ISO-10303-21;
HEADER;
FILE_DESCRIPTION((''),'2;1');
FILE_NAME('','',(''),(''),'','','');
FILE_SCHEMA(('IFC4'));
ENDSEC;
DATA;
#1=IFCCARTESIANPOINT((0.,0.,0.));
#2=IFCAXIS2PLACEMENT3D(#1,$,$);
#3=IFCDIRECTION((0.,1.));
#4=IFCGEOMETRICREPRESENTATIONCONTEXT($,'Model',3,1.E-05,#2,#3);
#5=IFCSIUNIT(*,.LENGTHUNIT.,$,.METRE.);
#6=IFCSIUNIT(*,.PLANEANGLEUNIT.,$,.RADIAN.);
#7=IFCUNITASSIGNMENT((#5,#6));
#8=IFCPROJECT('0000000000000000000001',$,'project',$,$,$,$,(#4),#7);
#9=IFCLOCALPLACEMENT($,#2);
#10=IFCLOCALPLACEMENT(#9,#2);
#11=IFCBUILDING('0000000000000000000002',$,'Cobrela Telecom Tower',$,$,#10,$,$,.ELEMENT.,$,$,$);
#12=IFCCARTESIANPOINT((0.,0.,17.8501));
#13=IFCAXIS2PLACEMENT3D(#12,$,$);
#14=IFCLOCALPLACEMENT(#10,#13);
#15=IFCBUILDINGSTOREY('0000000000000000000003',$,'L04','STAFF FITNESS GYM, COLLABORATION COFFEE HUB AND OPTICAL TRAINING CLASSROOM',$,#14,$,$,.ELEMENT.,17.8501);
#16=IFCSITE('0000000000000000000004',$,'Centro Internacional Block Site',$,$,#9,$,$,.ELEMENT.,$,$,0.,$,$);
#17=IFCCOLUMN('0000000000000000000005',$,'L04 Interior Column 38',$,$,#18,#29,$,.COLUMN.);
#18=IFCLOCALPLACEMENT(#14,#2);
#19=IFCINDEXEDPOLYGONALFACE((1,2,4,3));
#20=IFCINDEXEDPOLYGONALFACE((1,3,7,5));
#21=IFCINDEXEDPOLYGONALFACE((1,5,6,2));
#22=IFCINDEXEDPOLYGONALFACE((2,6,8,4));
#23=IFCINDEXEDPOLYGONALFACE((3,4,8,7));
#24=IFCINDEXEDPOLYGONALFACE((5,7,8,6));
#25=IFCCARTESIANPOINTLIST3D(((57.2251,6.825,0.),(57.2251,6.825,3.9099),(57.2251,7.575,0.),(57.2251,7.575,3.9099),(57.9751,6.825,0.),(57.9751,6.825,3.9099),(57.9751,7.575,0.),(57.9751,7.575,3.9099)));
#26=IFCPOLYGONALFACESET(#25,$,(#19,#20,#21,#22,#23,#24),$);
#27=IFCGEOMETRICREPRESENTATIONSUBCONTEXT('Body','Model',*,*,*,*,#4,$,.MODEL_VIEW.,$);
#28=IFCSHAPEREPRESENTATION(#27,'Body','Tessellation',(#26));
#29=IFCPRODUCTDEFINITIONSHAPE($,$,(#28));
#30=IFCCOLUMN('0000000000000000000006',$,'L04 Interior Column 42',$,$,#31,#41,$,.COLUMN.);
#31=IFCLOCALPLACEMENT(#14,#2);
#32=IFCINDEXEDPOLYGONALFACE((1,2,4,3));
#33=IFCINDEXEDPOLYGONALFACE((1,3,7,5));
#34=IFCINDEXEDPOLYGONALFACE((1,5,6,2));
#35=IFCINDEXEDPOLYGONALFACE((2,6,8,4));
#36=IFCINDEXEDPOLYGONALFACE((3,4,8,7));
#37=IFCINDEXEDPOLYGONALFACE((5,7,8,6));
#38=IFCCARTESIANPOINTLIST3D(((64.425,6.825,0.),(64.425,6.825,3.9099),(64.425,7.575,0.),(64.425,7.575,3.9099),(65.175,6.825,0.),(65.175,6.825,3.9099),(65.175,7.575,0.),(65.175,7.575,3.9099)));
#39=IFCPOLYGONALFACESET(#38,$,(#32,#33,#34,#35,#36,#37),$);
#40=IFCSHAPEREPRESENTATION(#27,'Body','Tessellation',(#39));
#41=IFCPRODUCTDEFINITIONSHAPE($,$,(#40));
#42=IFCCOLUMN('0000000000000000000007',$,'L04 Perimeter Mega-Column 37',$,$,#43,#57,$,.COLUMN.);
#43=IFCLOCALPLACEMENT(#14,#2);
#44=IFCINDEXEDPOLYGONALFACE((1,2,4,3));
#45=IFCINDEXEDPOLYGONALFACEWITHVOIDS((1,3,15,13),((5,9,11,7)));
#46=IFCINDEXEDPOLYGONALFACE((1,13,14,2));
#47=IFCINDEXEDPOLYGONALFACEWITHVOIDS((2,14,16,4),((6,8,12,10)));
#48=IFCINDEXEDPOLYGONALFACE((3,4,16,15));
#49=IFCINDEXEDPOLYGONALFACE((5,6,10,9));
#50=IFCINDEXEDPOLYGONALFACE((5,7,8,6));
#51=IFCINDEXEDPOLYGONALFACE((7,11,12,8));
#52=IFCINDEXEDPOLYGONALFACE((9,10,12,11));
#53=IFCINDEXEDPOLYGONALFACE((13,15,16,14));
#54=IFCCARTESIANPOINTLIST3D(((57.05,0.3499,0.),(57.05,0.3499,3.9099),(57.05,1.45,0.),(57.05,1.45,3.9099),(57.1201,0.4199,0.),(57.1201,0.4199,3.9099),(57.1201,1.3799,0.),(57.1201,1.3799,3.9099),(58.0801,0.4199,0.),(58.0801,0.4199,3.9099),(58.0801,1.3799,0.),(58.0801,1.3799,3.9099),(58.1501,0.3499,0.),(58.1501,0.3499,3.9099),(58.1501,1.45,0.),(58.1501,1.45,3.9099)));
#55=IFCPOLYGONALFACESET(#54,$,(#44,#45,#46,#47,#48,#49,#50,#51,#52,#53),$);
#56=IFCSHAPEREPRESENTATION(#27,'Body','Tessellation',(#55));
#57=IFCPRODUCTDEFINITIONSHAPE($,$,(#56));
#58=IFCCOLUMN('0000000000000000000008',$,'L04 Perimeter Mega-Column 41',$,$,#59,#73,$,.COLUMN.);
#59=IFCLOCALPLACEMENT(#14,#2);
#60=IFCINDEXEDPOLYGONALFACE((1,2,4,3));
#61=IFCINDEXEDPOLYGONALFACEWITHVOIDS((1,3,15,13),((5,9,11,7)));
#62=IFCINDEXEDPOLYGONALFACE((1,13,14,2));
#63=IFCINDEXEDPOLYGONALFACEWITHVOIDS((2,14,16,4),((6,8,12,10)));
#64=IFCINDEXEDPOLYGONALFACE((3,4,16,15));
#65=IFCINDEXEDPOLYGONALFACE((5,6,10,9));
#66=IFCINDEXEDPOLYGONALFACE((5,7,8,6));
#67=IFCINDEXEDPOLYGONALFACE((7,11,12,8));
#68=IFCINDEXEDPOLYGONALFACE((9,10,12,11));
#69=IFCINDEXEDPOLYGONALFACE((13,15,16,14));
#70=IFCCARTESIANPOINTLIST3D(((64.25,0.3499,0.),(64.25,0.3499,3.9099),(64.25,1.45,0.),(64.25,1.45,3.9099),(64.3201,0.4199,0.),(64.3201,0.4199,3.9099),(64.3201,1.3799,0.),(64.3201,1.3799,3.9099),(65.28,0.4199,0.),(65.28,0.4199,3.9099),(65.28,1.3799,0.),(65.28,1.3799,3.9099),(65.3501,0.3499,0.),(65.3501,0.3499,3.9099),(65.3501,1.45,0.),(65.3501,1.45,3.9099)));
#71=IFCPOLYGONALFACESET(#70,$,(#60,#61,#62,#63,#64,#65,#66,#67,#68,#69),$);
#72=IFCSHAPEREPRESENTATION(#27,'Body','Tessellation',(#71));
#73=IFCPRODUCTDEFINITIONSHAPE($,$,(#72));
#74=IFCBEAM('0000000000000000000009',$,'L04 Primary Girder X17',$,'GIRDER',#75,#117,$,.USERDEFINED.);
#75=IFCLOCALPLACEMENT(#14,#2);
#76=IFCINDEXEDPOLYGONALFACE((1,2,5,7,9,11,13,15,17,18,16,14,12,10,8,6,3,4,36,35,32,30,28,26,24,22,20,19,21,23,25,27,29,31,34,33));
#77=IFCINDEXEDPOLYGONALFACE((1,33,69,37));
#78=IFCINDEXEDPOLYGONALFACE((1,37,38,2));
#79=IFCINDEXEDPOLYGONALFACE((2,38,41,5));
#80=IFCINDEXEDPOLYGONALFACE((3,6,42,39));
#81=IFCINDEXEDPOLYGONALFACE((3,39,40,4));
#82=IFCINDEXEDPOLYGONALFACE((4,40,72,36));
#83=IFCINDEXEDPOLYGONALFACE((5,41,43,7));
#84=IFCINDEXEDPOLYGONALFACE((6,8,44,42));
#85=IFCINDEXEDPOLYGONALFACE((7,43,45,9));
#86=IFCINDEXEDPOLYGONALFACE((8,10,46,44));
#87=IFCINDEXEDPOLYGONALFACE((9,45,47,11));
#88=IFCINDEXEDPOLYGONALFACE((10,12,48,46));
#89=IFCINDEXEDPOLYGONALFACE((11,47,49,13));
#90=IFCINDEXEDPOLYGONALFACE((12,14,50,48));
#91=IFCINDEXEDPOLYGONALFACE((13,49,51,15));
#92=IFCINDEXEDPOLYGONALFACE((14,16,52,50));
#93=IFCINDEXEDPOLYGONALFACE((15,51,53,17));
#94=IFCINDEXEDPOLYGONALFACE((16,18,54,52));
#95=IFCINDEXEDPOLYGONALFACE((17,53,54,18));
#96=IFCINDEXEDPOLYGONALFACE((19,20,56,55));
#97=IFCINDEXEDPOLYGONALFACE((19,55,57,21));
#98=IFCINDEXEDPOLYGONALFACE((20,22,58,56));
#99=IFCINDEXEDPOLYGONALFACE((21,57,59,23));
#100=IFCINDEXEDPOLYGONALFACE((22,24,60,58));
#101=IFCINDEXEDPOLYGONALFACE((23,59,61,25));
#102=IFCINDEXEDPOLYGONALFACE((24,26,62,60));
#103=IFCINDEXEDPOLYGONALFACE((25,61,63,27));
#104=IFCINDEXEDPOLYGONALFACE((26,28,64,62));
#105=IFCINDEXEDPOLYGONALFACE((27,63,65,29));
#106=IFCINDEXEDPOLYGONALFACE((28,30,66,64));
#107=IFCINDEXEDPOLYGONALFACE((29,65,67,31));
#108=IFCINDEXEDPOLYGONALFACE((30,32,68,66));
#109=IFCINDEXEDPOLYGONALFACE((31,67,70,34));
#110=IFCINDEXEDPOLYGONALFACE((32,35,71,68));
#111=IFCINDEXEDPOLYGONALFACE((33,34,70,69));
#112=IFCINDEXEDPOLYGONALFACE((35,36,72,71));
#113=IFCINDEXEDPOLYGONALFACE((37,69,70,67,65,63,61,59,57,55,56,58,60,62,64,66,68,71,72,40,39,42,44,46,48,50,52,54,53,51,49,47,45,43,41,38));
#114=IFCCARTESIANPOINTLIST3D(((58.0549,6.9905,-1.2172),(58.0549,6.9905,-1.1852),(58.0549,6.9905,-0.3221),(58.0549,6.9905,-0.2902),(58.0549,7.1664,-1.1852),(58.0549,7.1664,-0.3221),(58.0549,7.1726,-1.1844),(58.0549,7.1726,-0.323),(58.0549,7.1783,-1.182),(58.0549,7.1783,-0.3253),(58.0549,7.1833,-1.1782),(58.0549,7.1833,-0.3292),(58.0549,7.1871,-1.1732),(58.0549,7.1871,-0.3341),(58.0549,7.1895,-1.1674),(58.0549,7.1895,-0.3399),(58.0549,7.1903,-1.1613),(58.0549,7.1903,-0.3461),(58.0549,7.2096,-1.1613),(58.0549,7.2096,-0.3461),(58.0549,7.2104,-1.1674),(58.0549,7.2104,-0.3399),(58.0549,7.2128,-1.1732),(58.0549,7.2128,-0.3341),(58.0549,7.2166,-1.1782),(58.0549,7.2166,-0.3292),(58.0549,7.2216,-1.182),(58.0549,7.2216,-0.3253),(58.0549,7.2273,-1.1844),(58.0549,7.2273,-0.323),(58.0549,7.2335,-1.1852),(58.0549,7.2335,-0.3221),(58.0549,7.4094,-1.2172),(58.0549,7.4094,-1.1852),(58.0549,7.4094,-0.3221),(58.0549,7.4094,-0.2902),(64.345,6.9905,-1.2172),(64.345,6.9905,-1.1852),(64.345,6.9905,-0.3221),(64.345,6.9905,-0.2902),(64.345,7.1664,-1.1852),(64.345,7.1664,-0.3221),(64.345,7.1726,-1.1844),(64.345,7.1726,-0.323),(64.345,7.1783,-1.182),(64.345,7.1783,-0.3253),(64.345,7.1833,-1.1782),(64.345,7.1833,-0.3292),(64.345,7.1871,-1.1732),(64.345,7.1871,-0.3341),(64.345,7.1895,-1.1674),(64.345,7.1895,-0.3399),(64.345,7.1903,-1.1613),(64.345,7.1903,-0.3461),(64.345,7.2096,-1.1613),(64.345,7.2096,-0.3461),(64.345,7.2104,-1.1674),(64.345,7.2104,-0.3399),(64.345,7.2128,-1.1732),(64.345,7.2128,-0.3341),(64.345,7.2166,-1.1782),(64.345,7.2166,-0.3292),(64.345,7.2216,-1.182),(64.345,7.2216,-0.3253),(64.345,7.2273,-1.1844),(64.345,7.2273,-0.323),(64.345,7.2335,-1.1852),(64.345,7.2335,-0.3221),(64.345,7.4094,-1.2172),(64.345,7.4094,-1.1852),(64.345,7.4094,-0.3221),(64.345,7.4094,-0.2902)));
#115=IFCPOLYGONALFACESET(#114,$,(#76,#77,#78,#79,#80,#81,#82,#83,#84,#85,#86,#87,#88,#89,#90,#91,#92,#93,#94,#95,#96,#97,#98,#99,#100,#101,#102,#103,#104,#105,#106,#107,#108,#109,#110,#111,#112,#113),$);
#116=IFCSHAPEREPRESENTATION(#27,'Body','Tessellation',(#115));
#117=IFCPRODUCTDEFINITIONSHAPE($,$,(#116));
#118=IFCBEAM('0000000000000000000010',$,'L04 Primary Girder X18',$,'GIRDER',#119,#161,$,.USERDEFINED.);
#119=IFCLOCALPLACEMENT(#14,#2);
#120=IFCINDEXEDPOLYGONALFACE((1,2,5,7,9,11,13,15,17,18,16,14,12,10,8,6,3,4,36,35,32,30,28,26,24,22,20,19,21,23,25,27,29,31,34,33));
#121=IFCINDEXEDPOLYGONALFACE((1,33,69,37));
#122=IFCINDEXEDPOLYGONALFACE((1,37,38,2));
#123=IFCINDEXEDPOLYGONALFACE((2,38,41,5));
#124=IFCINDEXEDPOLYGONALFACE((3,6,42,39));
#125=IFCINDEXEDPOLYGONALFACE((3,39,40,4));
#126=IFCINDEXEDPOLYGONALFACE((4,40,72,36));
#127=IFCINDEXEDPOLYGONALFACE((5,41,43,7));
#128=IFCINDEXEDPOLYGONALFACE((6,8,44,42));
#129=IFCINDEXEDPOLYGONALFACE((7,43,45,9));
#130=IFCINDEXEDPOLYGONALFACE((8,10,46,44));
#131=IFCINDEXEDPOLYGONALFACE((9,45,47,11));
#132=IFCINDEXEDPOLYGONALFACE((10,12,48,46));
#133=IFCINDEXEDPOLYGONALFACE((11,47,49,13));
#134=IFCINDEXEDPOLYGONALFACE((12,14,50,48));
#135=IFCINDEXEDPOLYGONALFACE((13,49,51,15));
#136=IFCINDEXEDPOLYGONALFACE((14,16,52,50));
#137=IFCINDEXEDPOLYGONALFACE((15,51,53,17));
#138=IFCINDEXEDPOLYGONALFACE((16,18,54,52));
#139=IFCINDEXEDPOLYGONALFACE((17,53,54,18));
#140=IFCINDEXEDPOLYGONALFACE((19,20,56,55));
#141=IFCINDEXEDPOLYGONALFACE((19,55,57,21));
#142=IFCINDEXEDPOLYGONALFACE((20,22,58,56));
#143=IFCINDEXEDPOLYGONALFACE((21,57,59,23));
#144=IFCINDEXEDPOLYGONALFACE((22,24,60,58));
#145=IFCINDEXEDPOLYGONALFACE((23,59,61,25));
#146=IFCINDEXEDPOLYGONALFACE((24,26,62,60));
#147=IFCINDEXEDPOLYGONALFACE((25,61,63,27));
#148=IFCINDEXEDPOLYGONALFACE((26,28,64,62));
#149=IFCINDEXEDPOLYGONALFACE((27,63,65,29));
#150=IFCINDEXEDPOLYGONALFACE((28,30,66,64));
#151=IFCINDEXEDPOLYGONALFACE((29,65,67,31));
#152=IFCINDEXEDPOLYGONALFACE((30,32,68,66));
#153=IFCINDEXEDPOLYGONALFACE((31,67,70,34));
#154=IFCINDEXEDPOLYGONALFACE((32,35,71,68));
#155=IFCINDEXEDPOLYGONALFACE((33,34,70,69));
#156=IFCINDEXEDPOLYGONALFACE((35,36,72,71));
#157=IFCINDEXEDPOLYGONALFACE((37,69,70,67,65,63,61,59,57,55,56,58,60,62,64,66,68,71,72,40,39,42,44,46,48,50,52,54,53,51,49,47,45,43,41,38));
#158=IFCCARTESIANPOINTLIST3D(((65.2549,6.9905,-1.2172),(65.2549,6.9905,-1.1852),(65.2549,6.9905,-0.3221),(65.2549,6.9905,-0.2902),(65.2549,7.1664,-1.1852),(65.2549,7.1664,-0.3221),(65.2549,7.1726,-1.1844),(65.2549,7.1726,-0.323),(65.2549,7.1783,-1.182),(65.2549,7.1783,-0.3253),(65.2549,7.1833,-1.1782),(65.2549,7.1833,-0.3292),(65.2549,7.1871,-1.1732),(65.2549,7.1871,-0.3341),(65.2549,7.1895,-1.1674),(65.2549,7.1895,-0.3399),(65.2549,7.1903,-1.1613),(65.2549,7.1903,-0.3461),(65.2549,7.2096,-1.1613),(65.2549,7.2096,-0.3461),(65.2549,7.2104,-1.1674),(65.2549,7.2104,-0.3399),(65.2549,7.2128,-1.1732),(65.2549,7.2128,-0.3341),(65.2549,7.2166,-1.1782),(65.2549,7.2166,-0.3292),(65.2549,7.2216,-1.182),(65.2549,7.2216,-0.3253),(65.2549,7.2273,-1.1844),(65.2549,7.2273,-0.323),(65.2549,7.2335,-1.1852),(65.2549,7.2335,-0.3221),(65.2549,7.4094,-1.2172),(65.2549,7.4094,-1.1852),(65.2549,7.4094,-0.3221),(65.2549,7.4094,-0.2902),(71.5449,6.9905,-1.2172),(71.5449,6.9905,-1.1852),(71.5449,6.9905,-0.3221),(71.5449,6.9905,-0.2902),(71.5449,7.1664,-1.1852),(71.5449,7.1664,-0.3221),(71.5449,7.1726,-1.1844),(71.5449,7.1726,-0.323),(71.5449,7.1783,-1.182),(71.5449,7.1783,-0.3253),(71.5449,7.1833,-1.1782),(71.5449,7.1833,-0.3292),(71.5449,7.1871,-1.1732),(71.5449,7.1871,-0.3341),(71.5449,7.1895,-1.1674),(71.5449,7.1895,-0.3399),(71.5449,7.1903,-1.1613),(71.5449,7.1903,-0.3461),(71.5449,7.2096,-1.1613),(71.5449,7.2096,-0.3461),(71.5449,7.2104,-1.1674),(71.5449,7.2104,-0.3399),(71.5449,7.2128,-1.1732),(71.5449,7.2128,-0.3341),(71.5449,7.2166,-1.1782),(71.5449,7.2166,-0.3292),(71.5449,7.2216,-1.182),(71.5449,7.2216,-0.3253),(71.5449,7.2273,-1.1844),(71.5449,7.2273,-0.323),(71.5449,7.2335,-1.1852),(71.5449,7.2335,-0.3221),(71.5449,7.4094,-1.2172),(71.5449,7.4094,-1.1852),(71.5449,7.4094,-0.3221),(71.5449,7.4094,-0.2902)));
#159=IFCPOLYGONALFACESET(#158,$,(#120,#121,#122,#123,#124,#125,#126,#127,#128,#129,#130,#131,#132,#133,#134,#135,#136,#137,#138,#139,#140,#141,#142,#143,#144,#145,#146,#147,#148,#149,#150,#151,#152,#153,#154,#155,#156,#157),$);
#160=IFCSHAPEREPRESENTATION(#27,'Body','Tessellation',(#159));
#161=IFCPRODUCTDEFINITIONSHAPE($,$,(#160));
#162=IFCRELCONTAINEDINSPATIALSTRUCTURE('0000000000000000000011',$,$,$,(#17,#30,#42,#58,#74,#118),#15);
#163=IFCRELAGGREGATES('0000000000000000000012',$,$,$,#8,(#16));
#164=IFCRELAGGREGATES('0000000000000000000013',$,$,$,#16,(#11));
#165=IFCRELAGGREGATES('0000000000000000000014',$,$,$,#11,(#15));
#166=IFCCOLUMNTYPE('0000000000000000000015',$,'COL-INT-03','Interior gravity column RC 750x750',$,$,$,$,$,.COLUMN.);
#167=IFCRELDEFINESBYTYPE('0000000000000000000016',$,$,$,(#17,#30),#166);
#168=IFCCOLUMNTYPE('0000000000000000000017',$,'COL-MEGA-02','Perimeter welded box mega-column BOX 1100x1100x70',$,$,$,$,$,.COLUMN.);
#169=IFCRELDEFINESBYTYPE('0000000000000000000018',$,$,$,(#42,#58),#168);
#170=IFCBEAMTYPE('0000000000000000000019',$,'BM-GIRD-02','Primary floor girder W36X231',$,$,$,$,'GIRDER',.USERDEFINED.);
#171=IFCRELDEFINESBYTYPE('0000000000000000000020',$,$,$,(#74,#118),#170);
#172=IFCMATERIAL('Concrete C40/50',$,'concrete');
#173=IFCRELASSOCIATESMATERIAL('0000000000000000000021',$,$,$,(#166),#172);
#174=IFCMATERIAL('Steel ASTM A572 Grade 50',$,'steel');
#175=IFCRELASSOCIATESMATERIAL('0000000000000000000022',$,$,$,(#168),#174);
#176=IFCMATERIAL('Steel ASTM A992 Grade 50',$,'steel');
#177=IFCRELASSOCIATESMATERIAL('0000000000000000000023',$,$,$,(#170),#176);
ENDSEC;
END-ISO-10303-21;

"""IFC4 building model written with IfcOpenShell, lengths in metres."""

from ifc_helpers import new_model, si_unit, direction, frame, origin, origin_2d, place, context, subcontext, project, spatial, rectangle, hollow_rectangle, i_section, extrude, material, material_profile, profile_set, type_object, element, save


model = new_model("IFC4")

# Units and contexts
model_context = context("Model", 3, precision=1e-05, world=origin(), true_north=direction((0.0, 1.0)))
body_context = subcontext(model_context, "Body", "Model", "MODEL_VIEW")
ifc_project = project(units=[si_unit("LENGTHUNIT", "METRE"), si_unit("PLANEANGLEUNIT", "RADIAN")], contexts=[model_context])

# Site, building, storey
site_placement = place(None, origin())
site = spatial("IfcSite", under=ifc_project, at=site_placement, Name="Centro Internacional Block Site", CompositionType="ELEMENT", RefElevation=0.0)
building_placement = place(site_placement, origin())
building = spatial("IfcBuilding", under=site, at=building_placement, Name="Cobrela Telecom Tower", CompositionType="ELEMENT")
storey_placement = place(building_placement, frame((0.0, 0.0, 17.8501)))
storey = spatial("IfcBuildingStorey", under=building, at=storey_placement, Name="L04", Description="STAFF FITNESS GYM, COLLABORATION COFFEE HUB AND OPTICAL TRAINING CLASSROOM", CompositionType="ELEMENT", Elevation=17.8501)

# Columns
ifc_material_1 = material(Name="Concrete C40/50", Category="concrete")
ifc_material_profile_1 = material_profile(ifc_material_1, rectangle(XDim=0.75, YDim=0.75, at=origin_2d()), Name="RC 750x750")
ifc_profile_set_1 = profile_set([ifc_material_profile_1], Name="Concrete C40/50")
column_type_1 = type_object("IfcColumnType", Name="COL-INT-03", Description="Interior gravity column RC 750x750", PredefinedType="COLUMN", material=ifc_profile_set_1)
for number, where, z_axis, x_axis, name in (
    (1, (57.6001, 7.2, 0.0), (0.0, 0.0, 1.0), (1.0, 0.0, 0.0), "L04 Interior Column 38"),
    (2, (64.8, 7.2, 0.0), (0.0, 0.0, 1.0), (1.0, 0.0, 0.0), "L04 Interior Column 42"),
):
    element("IfcColumn", number, at=place(storey_placement, frame(where, z_axis=z_axis, x_axis=x_axis)), inside=storey, type_object=column_type_1, Name=name, PredefinedType="COLUMN", context=body_context, shape_type="SweptSolid", body=[
        extrude(rectangle(XDim=0.75, YDim=0.75, at=origin_2d()), origin(), (0.0, 0.0, 1.0), 3.9099),
    ])
ifc_material_2 = material(Name="Steel ASTM A572 Grade 50", Category="steel")
ifc_material_profile_2 = material_profile(ifc_material_2, hollow_rectangle(XDim=1.1001, YDim=1.1001, WallThickness=0.0701, at=origin_2d()), Name="BOX 1100x1100x70")
ifc_profile_set_2 = profile_set([ifc_material_profile_2], Name="Steel ASTM A572 Grade 50")
column_type_2 = type_object("IfcColumnType", Name="COL-MEGA-02", Description="Perimeter welded box mega-column BOX 1100x1100x70", PredefinedType="COLUMN", material=ifc_profile_set_2)
for number, where, z_axis, x_axis, name in (
    (3, (57.6001, 0.8999, 0.0), (0.0, 0.0, 1.0), (1.0, 0.0, 0.0), "L04 Perimeter Mega-Column 37"),
    (4, (64.8, 0.8999, 0.0), (0.0, 0.0, 1.0), (1.0, 0.0, 0.0), "L04 Perimeter Mega-Column 41"),
):
    element("IfcColumn", number, at=place(storey_placement, frame(where, z_axis=z_axis, x_axis=x_axis)), inside=storey, type_object=column_type_2, Name=name, PredefinedType="COLUMN", context=body_context, shape_type="SweptSolid", body=[
        extrude(hollow_rectangle(XDim=1.1001, YDim=1.1001, WallThickness=0.0701, at=origin_2d()), origin(), (0.0, 0.0, 1.0), 3.9099),
    ])

# Beams
ifc_material_3 = material(Name="Steel ASTM A992 Grade 50", Category="steel")
ifc_material_profile_3 = material_profile(ifc_material_3, i_section(OverallWidth=0.4189, OverallDepth=0.927, WebThickness=0.0193, FlangeThickness=0.032, FilletRadius=0.0239, at=origin_2d()), Name="W36X231")
ifc_profile_set_3 = profile_set([ifc_material_profile_3], Name="Steel ASTM A992 Grade 50")
beam_type_1 = type_object("IfcBeamType", Name="BM-GIRD-02", Description="Primary floor girder W36X231", ElementType="GIRDER", PredefinedType="USERDEFINED", material=ifc_profile_set_3)
for number, where, z_axis, x_axis, name in (
    (5, (58.0549, 7.2, -0.7537), (1.0, 0.0, 0.0), (0.0, 1.0, 0.0), "L04 Primary Girder X17"),
    (6, (65.2549, 7.2, -0.7537), (1.0, 0.0, 0.0), (0.0, 1.0, 0.0), "L04 Primary Girder X18"),
):
    element("IfcBeam", number, at=place(storey_placement, frame(where, z_axis=z_axis, x_axis=x_axis)), inside=storey, type_object=beam_type_1, Name=name, ObjectType="GIRDER", PredefinedType="USERDEFINED", context=body_context, shape_type="SweptSolid", body=[
        extrude(i_section(OverallWidth=0.4189, OverallDepth=0.927, WebThickness=0.0193, FlangeThickness=0.032, FilletRadius=0.0239, at=origin_2d()), origin(), (0.0, 0.0, 1.0), 6.29),
    ])

save(model, "model.ifc")
